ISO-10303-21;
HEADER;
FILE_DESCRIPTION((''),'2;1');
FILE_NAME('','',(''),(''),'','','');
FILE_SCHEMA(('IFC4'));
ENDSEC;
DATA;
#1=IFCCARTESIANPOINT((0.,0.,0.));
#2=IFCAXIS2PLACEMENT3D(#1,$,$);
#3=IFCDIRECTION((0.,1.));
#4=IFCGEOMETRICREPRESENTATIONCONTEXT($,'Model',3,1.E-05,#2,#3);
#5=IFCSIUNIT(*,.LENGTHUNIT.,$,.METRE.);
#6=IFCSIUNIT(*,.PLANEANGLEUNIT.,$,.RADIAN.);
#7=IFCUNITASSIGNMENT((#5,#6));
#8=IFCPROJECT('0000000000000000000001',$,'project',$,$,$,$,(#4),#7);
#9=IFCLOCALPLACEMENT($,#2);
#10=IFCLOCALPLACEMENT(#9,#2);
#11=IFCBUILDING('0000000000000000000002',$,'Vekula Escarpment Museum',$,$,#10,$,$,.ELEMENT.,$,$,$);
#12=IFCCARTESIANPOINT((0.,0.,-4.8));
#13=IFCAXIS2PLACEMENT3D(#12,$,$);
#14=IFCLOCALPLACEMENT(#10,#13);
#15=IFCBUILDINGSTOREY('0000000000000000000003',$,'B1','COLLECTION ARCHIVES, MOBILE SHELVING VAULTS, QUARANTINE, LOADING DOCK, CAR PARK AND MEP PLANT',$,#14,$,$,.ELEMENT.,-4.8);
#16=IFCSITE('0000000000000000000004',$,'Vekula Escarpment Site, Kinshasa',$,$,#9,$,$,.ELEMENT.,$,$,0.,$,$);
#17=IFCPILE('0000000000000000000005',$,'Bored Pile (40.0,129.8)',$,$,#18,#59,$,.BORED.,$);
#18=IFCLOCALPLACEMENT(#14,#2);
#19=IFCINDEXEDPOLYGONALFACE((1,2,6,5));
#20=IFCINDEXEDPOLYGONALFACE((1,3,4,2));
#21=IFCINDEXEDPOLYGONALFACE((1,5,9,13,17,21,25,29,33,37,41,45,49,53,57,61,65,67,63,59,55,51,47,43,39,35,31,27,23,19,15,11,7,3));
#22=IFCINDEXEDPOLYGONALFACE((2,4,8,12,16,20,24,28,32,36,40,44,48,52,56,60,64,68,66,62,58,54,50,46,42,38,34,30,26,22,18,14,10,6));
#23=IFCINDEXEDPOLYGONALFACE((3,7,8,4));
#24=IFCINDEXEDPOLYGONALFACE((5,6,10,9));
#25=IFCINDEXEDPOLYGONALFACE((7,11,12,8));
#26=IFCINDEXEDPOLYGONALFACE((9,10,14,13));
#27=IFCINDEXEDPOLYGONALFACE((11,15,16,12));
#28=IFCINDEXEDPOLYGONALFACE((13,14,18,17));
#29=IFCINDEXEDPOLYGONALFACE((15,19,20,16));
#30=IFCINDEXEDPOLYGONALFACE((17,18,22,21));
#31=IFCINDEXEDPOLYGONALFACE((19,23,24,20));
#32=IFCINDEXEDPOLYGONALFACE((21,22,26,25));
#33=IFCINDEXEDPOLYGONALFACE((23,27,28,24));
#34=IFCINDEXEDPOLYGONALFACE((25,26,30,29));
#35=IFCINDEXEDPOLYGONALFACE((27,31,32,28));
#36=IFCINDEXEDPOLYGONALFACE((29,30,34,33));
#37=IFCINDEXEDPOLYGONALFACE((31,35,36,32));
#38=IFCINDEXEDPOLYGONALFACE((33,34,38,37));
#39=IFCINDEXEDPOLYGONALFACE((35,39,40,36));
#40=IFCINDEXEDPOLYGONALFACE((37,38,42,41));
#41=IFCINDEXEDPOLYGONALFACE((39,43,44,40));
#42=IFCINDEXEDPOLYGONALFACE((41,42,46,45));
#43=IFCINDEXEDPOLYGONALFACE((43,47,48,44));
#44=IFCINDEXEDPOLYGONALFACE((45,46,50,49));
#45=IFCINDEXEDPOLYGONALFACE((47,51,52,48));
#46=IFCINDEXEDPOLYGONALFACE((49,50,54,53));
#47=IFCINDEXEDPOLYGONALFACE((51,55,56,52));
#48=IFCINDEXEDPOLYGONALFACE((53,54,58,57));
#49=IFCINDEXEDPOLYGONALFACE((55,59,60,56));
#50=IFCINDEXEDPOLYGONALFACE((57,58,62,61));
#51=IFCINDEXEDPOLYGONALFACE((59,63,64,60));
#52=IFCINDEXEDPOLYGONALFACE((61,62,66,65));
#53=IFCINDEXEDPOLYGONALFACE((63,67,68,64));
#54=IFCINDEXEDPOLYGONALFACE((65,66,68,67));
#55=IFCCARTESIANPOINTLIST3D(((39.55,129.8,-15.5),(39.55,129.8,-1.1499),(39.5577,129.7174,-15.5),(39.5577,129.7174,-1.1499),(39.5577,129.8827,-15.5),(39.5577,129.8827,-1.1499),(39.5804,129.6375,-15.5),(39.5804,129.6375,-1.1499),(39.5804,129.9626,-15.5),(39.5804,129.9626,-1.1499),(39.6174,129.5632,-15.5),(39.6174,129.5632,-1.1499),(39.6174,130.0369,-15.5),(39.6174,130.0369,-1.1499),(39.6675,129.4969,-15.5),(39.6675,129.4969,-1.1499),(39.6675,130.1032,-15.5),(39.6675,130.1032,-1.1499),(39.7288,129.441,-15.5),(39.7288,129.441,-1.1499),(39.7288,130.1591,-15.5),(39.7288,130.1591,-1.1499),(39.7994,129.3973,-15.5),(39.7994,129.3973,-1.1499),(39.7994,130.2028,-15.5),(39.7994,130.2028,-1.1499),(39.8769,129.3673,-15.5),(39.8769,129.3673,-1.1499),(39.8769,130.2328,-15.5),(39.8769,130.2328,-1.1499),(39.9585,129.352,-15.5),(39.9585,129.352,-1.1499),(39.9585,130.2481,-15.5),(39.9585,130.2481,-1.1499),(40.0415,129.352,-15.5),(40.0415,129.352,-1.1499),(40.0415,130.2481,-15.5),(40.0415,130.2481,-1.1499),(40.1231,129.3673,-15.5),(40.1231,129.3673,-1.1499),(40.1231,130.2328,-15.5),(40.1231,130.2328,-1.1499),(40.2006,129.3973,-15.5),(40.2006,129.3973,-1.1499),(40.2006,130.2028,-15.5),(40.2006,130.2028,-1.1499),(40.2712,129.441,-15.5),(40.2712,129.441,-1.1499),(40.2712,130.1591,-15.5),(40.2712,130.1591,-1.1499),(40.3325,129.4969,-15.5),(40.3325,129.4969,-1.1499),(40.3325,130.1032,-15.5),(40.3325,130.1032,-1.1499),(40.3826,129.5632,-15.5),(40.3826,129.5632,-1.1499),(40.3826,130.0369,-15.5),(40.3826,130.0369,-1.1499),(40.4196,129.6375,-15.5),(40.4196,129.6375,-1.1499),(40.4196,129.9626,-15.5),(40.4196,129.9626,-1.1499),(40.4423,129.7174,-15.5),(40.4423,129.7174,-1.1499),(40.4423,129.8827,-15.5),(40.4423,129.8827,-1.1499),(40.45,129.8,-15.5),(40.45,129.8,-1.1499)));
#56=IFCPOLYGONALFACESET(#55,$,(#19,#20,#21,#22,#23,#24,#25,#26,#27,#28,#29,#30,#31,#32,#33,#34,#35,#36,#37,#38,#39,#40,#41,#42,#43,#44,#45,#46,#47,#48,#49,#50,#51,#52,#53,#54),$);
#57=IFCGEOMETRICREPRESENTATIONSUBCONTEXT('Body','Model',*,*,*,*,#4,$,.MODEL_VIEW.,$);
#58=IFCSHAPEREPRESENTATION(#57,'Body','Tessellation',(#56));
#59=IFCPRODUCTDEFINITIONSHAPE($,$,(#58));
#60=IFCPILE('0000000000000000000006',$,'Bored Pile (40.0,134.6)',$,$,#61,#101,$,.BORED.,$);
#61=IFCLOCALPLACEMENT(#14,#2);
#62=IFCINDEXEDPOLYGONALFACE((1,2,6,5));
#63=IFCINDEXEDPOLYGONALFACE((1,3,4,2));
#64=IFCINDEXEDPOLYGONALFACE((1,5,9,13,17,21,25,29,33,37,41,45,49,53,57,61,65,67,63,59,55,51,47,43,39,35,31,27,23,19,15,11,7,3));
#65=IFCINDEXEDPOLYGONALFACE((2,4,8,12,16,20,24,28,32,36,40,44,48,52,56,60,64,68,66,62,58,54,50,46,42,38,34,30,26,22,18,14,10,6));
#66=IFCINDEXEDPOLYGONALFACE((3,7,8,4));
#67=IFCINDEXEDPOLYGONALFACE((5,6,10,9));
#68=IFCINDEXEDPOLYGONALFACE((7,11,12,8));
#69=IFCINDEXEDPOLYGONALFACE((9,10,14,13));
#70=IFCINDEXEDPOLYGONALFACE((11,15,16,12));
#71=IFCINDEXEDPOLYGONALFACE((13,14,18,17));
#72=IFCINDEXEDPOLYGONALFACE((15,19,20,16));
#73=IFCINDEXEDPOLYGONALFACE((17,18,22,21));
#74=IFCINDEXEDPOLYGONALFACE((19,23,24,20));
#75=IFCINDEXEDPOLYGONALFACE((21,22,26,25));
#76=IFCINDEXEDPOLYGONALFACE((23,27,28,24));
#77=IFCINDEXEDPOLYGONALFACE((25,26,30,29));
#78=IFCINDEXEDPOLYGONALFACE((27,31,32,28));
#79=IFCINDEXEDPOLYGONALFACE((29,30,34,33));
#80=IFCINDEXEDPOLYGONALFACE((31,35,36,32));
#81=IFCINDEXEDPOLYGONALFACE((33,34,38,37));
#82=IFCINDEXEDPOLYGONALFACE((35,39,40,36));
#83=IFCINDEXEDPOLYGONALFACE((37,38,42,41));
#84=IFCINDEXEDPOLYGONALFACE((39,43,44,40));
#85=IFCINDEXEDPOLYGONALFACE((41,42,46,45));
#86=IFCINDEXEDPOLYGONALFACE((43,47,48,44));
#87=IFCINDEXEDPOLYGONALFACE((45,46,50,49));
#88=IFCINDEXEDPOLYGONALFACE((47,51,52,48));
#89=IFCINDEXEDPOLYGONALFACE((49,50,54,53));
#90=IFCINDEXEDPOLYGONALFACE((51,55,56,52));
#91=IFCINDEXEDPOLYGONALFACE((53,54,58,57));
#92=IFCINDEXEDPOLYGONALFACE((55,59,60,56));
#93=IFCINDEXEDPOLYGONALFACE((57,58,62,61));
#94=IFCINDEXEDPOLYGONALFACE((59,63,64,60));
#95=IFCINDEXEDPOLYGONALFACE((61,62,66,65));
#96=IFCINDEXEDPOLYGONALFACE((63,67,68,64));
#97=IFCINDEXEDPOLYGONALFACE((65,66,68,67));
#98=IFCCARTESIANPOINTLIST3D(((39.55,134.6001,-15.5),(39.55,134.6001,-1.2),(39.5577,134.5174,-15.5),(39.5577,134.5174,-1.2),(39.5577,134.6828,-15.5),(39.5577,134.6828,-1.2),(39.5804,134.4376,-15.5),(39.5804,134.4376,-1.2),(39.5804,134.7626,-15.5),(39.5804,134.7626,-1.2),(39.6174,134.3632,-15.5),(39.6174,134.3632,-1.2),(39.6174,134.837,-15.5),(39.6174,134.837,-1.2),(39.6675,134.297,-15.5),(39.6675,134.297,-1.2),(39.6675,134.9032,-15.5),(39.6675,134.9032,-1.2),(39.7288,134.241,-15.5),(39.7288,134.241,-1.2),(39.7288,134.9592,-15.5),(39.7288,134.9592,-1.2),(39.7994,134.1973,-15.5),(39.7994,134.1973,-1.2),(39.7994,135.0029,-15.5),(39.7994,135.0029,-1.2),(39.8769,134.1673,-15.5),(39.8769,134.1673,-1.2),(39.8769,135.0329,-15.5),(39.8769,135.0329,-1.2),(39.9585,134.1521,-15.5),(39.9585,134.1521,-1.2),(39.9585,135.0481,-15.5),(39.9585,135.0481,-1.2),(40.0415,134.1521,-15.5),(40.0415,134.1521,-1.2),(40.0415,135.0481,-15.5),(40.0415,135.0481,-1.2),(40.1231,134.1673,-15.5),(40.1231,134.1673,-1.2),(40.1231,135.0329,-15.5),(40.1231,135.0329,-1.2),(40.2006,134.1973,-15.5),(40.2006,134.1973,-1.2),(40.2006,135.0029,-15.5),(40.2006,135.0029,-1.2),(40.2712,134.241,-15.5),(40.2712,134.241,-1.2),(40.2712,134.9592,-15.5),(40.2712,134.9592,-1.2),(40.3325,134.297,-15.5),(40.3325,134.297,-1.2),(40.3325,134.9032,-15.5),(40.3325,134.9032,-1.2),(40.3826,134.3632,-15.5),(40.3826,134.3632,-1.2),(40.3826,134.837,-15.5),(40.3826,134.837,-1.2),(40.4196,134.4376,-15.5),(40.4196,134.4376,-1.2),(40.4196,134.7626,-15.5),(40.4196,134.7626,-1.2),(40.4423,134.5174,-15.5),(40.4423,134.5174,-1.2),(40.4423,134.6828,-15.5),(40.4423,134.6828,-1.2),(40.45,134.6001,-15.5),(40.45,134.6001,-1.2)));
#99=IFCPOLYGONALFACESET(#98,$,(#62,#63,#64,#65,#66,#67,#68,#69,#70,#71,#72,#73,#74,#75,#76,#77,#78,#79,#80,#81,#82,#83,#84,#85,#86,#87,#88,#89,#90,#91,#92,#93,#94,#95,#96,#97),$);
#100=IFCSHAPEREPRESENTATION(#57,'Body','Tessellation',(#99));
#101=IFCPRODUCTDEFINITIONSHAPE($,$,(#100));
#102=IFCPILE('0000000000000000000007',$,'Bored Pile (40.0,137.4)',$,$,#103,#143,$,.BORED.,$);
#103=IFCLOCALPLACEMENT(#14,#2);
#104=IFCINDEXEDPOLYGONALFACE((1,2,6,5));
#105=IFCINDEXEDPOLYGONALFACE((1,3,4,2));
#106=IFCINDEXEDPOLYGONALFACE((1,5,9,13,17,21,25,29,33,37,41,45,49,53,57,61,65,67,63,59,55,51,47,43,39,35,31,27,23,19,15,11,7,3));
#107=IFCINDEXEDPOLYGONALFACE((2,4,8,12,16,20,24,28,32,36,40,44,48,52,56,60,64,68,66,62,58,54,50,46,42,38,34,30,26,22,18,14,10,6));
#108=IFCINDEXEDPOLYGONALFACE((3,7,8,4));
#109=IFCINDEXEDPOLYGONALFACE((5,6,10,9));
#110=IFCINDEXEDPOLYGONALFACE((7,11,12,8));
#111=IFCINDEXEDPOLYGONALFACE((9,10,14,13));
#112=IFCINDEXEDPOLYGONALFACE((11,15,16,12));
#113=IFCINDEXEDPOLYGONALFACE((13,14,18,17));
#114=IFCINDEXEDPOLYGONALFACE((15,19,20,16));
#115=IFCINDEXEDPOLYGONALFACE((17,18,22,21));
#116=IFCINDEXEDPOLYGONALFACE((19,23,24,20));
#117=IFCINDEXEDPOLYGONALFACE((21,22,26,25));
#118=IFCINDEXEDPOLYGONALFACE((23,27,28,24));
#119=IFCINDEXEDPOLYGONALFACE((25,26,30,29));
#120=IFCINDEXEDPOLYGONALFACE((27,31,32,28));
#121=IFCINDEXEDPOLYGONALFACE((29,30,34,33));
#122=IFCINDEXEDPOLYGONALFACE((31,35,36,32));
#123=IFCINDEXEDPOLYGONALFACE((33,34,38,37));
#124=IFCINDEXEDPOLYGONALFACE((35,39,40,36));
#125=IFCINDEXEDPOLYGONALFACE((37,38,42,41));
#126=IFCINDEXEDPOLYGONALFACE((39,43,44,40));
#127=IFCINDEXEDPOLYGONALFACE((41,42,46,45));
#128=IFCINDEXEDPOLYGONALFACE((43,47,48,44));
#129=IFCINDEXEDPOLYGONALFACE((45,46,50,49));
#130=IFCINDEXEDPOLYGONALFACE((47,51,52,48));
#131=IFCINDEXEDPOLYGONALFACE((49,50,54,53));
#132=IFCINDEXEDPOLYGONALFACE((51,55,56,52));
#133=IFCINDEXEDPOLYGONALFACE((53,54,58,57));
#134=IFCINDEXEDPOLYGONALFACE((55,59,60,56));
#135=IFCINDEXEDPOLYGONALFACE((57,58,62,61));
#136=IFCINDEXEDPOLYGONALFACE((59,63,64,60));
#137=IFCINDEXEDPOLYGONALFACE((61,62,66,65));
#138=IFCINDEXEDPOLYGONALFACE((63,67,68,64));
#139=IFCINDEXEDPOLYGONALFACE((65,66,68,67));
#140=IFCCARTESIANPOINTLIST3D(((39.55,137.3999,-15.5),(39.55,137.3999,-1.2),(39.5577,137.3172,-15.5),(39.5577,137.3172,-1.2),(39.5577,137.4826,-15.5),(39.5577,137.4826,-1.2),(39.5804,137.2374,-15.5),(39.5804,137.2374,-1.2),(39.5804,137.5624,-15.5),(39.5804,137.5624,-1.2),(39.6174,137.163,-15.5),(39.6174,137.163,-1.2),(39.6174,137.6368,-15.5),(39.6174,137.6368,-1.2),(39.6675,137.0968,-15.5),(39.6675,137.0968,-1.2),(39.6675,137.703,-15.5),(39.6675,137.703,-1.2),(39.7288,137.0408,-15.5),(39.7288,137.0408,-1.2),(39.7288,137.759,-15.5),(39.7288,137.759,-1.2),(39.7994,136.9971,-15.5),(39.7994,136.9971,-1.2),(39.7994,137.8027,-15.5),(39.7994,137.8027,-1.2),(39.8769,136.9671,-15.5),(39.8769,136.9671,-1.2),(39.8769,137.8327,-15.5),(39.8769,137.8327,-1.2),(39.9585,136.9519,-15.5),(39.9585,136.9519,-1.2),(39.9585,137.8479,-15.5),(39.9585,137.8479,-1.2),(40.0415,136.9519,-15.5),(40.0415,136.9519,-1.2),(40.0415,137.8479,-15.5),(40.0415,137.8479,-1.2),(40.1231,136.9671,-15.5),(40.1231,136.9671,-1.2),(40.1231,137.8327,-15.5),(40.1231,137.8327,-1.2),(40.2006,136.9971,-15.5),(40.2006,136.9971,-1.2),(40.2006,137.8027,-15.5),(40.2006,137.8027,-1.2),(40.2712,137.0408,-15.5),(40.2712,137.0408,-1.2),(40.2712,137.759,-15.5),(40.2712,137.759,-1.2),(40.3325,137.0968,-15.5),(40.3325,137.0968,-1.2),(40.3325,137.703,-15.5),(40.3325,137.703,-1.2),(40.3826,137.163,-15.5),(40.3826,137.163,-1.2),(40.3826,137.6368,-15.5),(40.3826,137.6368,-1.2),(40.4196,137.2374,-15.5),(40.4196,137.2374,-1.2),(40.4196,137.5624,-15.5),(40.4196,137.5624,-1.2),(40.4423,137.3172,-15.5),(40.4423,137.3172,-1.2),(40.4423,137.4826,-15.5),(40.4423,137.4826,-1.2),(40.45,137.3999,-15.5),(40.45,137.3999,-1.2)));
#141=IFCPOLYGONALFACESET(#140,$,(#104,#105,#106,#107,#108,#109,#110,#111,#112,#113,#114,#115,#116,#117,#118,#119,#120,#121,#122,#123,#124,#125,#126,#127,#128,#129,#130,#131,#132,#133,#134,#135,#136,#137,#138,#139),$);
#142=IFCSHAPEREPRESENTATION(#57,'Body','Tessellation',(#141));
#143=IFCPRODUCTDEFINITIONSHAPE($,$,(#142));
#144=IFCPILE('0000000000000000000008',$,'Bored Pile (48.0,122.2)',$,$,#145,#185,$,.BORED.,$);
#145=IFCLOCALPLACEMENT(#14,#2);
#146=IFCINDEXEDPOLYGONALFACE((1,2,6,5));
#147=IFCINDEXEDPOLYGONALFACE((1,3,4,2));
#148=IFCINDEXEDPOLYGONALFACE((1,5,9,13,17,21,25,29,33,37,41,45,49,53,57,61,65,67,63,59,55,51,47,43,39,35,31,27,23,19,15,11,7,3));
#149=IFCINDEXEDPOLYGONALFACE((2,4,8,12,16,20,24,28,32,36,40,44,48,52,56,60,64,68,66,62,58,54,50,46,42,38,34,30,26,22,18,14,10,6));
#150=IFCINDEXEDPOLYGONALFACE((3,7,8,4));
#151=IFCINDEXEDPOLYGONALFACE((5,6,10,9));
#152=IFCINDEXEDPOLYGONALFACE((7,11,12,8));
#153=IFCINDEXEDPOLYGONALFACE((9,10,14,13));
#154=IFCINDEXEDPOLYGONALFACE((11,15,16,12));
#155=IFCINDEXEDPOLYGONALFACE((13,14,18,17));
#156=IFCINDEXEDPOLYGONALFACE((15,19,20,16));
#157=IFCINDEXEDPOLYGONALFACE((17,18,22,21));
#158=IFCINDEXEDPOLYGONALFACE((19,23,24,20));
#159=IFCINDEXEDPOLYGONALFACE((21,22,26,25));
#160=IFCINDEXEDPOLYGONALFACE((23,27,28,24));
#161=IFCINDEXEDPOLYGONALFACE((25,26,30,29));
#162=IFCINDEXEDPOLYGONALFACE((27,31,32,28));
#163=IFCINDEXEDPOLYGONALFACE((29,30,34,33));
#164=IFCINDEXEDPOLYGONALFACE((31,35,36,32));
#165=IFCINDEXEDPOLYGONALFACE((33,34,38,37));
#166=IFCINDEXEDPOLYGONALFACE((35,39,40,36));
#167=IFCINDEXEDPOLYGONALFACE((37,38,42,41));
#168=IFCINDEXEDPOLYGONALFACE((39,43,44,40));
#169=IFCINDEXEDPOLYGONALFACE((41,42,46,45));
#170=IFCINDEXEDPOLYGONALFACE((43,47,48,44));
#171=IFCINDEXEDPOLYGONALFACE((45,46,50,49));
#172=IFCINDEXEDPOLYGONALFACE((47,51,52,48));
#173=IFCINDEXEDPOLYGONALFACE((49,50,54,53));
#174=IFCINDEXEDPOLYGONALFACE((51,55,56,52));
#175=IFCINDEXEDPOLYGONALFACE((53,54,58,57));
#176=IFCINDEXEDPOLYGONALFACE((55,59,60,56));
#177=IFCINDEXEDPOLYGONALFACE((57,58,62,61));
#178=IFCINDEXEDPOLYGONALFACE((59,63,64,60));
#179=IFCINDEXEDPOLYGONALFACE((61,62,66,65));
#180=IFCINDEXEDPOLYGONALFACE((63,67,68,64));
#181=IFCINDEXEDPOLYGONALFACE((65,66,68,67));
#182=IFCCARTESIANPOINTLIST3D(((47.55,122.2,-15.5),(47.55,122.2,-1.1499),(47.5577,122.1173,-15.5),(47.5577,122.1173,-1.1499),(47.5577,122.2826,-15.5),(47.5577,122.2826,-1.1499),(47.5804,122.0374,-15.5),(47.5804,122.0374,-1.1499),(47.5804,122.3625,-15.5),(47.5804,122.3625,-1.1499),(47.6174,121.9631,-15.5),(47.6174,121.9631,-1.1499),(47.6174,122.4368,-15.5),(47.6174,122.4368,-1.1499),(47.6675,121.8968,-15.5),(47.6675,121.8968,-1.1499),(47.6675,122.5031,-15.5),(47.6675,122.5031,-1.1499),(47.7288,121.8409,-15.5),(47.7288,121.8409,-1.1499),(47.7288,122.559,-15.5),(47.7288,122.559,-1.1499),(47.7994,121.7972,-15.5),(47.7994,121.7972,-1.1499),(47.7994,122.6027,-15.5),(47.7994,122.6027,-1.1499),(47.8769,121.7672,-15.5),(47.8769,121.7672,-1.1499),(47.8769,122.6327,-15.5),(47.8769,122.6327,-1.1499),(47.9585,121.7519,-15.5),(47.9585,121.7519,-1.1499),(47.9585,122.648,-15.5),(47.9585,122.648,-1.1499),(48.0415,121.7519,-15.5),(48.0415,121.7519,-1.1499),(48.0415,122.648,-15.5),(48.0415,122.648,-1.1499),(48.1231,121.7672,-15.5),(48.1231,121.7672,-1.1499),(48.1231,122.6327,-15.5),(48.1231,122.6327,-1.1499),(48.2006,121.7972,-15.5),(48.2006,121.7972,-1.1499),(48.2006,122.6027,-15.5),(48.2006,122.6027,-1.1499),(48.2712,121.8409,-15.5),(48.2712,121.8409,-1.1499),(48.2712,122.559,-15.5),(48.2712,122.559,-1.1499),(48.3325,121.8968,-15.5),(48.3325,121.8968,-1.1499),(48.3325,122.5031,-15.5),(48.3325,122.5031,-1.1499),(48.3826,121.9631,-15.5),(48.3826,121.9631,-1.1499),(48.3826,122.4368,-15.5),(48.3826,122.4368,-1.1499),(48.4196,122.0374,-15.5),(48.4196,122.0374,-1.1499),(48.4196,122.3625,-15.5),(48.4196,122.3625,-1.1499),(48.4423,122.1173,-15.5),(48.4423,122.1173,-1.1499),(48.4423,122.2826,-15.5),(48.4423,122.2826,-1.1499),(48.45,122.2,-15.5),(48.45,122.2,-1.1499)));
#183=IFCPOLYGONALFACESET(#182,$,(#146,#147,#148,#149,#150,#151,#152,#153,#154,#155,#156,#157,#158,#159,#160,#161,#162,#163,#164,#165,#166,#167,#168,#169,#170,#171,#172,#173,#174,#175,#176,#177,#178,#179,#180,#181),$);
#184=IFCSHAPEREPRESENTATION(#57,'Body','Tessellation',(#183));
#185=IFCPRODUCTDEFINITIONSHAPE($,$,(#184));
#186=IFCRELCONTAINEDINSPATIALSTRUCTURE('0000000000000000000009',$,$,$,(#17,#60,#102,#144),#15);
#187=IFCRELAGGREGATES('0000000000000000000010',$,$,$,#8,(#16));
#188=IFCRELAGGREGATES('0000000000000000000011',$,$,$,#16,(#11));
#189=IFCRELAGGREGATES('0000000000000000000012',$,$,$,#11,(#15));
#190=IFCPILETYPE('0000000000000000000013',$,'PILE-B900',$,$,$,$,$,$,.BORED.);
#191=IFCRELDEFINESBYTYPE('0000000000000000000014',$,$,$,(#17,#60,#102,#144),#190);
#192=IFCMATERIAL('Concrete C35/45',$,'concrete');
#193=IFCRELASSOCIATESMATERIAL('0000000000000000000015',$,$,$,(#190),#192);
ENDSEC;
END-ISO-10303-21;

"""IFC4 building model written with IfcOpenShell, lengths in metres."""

from ifc_helpers import new_model, si_unit, direction, frame, origin, origin_2d, place, context, subcontext, project, spatial, circle, extrude, material, material_profile, profile_set, type_object, element, save


model = new_model("IFC4")

# Units and contexts
model_context = context("Model", 3, precision=1e-05, world=origin(), true_north=direction((0.0, 1.0)))
body_context = subcontext(model_context, "Body", "Model", "MODEL_VIEW")
ifc_project = project(units=[si_unit("LENGTHUNIT", "METRE"), si_unit("PLANEANGLEUNIT", "RADIAN")], contexts=[model_context])

# Site, building, storey
site_placement = place(None, origin())
site = spatial("IfcSite", under=ifc_project, at=site_placement, Name="Vekula Escarpment Site, Kinshasa", CompositionType="ELEMENT", RefElevation=0.0)
building_placement = place(site_placement, origin())
building = spatial("IfcBuilding", under=site, at=building_placement, Name="Vekula Escarpment Museum", CompositionType="ELEMENT")
storey_placement = place(building_placement, frame((0.0, 0.0, -4.8)))
storey = spatial("IfcBuildingStorey", under=building, at=storey_placement, Name="B1", Description="COLLECTION ARCHIVES, MOBILE SHELVING VAULTS, QUARANTINE, LOADING DOCK, CAR PARK AND MEP PLANT", CompositionType="ELEMENT", Elevation=-4.8)

# Piles
ifc_material_1 = material(Name="Concrete C35/45", Category="concrete")
ifc_material_profile_1 = material_profile(ifc_material_1, circle(Radius=0.45, at=origin_2d()), Name="BORED PILE 900")
ifc_profile_set_1 = profile_set([ifc_material_profile_1], Name="Concrete C35/45")
pile_type = type_object("IfcPileType", Name="PILE-B900", PredefinedType="BORED", material=ifc_profile_set_1)
for number, where, z_axis, x_axis, name in (
    (1, (40.0, 129.8, -1.1499), (0.0, 0.0, -1.0), (1.0, 0.0, 0.0), "Bored Pile (40.0,129.8)"),
):
    element("IfcPile", number, at=place(storey_placement, frame(where, z_axis=z_axis, x_axis=x_axis)), inside=storey, type_object=pile_type, Name=name, PredefinedType="BORED", context=body_context, shape_type="SweptSolid", body=[
        extrude(circle(Radius=0.45, at=origin_2d()), origin(), (0.0, 0.0, 1.0), 14.3501),
    ])
for number, where, z_axis, x_axis, name in (
    (2, (40.0, 134.6001, -1.2), (0.0, 0.0, -1.0), (1.0, 0.0, 0.0), "Bored Pile (40.0,134.6)"),
    (3, (40.0, 137.3999, -1.2), (0.0, 0.0, -1.0), (1.0, 0.0, 0.0), "Bored Pile (40.0,137.4)"),
):
    element("IfcPile", number, at=place(storey_placement, frame(where, z_axis=z_axis, x_axis=x_axis)), inside=storey, type_object=pile_type, Name=name, PredefinedType="BORED", context=body_context, shape_type="SweptSolid", body=[
        extrude(circle(Radius=0.45, at=origin_2d()), origin(), (0.0, 0.0, 1.0), 14.3),
    ])
pile_1_placement = place(storey_placement, frame((48.0, 122.2, -1.1499), z_axis=(0.0, 0.0, -1.0), x_axis=(1.0, 0.0, 0.0)))
element("IfcPile", 4, at=pile_1_placement, inside=storey, type_object=pile_type, Name="Bored Pile (48.0,122.2)", PredefinedType="BORED", context=body_context, shape_type="SweptSolid", body=[
    extrude(circle(Radius=0.45, at=origin_2d()), origin(), (0.0, 0.0, 1.0), 14.3501),
])

save(model, "model.ifc")
